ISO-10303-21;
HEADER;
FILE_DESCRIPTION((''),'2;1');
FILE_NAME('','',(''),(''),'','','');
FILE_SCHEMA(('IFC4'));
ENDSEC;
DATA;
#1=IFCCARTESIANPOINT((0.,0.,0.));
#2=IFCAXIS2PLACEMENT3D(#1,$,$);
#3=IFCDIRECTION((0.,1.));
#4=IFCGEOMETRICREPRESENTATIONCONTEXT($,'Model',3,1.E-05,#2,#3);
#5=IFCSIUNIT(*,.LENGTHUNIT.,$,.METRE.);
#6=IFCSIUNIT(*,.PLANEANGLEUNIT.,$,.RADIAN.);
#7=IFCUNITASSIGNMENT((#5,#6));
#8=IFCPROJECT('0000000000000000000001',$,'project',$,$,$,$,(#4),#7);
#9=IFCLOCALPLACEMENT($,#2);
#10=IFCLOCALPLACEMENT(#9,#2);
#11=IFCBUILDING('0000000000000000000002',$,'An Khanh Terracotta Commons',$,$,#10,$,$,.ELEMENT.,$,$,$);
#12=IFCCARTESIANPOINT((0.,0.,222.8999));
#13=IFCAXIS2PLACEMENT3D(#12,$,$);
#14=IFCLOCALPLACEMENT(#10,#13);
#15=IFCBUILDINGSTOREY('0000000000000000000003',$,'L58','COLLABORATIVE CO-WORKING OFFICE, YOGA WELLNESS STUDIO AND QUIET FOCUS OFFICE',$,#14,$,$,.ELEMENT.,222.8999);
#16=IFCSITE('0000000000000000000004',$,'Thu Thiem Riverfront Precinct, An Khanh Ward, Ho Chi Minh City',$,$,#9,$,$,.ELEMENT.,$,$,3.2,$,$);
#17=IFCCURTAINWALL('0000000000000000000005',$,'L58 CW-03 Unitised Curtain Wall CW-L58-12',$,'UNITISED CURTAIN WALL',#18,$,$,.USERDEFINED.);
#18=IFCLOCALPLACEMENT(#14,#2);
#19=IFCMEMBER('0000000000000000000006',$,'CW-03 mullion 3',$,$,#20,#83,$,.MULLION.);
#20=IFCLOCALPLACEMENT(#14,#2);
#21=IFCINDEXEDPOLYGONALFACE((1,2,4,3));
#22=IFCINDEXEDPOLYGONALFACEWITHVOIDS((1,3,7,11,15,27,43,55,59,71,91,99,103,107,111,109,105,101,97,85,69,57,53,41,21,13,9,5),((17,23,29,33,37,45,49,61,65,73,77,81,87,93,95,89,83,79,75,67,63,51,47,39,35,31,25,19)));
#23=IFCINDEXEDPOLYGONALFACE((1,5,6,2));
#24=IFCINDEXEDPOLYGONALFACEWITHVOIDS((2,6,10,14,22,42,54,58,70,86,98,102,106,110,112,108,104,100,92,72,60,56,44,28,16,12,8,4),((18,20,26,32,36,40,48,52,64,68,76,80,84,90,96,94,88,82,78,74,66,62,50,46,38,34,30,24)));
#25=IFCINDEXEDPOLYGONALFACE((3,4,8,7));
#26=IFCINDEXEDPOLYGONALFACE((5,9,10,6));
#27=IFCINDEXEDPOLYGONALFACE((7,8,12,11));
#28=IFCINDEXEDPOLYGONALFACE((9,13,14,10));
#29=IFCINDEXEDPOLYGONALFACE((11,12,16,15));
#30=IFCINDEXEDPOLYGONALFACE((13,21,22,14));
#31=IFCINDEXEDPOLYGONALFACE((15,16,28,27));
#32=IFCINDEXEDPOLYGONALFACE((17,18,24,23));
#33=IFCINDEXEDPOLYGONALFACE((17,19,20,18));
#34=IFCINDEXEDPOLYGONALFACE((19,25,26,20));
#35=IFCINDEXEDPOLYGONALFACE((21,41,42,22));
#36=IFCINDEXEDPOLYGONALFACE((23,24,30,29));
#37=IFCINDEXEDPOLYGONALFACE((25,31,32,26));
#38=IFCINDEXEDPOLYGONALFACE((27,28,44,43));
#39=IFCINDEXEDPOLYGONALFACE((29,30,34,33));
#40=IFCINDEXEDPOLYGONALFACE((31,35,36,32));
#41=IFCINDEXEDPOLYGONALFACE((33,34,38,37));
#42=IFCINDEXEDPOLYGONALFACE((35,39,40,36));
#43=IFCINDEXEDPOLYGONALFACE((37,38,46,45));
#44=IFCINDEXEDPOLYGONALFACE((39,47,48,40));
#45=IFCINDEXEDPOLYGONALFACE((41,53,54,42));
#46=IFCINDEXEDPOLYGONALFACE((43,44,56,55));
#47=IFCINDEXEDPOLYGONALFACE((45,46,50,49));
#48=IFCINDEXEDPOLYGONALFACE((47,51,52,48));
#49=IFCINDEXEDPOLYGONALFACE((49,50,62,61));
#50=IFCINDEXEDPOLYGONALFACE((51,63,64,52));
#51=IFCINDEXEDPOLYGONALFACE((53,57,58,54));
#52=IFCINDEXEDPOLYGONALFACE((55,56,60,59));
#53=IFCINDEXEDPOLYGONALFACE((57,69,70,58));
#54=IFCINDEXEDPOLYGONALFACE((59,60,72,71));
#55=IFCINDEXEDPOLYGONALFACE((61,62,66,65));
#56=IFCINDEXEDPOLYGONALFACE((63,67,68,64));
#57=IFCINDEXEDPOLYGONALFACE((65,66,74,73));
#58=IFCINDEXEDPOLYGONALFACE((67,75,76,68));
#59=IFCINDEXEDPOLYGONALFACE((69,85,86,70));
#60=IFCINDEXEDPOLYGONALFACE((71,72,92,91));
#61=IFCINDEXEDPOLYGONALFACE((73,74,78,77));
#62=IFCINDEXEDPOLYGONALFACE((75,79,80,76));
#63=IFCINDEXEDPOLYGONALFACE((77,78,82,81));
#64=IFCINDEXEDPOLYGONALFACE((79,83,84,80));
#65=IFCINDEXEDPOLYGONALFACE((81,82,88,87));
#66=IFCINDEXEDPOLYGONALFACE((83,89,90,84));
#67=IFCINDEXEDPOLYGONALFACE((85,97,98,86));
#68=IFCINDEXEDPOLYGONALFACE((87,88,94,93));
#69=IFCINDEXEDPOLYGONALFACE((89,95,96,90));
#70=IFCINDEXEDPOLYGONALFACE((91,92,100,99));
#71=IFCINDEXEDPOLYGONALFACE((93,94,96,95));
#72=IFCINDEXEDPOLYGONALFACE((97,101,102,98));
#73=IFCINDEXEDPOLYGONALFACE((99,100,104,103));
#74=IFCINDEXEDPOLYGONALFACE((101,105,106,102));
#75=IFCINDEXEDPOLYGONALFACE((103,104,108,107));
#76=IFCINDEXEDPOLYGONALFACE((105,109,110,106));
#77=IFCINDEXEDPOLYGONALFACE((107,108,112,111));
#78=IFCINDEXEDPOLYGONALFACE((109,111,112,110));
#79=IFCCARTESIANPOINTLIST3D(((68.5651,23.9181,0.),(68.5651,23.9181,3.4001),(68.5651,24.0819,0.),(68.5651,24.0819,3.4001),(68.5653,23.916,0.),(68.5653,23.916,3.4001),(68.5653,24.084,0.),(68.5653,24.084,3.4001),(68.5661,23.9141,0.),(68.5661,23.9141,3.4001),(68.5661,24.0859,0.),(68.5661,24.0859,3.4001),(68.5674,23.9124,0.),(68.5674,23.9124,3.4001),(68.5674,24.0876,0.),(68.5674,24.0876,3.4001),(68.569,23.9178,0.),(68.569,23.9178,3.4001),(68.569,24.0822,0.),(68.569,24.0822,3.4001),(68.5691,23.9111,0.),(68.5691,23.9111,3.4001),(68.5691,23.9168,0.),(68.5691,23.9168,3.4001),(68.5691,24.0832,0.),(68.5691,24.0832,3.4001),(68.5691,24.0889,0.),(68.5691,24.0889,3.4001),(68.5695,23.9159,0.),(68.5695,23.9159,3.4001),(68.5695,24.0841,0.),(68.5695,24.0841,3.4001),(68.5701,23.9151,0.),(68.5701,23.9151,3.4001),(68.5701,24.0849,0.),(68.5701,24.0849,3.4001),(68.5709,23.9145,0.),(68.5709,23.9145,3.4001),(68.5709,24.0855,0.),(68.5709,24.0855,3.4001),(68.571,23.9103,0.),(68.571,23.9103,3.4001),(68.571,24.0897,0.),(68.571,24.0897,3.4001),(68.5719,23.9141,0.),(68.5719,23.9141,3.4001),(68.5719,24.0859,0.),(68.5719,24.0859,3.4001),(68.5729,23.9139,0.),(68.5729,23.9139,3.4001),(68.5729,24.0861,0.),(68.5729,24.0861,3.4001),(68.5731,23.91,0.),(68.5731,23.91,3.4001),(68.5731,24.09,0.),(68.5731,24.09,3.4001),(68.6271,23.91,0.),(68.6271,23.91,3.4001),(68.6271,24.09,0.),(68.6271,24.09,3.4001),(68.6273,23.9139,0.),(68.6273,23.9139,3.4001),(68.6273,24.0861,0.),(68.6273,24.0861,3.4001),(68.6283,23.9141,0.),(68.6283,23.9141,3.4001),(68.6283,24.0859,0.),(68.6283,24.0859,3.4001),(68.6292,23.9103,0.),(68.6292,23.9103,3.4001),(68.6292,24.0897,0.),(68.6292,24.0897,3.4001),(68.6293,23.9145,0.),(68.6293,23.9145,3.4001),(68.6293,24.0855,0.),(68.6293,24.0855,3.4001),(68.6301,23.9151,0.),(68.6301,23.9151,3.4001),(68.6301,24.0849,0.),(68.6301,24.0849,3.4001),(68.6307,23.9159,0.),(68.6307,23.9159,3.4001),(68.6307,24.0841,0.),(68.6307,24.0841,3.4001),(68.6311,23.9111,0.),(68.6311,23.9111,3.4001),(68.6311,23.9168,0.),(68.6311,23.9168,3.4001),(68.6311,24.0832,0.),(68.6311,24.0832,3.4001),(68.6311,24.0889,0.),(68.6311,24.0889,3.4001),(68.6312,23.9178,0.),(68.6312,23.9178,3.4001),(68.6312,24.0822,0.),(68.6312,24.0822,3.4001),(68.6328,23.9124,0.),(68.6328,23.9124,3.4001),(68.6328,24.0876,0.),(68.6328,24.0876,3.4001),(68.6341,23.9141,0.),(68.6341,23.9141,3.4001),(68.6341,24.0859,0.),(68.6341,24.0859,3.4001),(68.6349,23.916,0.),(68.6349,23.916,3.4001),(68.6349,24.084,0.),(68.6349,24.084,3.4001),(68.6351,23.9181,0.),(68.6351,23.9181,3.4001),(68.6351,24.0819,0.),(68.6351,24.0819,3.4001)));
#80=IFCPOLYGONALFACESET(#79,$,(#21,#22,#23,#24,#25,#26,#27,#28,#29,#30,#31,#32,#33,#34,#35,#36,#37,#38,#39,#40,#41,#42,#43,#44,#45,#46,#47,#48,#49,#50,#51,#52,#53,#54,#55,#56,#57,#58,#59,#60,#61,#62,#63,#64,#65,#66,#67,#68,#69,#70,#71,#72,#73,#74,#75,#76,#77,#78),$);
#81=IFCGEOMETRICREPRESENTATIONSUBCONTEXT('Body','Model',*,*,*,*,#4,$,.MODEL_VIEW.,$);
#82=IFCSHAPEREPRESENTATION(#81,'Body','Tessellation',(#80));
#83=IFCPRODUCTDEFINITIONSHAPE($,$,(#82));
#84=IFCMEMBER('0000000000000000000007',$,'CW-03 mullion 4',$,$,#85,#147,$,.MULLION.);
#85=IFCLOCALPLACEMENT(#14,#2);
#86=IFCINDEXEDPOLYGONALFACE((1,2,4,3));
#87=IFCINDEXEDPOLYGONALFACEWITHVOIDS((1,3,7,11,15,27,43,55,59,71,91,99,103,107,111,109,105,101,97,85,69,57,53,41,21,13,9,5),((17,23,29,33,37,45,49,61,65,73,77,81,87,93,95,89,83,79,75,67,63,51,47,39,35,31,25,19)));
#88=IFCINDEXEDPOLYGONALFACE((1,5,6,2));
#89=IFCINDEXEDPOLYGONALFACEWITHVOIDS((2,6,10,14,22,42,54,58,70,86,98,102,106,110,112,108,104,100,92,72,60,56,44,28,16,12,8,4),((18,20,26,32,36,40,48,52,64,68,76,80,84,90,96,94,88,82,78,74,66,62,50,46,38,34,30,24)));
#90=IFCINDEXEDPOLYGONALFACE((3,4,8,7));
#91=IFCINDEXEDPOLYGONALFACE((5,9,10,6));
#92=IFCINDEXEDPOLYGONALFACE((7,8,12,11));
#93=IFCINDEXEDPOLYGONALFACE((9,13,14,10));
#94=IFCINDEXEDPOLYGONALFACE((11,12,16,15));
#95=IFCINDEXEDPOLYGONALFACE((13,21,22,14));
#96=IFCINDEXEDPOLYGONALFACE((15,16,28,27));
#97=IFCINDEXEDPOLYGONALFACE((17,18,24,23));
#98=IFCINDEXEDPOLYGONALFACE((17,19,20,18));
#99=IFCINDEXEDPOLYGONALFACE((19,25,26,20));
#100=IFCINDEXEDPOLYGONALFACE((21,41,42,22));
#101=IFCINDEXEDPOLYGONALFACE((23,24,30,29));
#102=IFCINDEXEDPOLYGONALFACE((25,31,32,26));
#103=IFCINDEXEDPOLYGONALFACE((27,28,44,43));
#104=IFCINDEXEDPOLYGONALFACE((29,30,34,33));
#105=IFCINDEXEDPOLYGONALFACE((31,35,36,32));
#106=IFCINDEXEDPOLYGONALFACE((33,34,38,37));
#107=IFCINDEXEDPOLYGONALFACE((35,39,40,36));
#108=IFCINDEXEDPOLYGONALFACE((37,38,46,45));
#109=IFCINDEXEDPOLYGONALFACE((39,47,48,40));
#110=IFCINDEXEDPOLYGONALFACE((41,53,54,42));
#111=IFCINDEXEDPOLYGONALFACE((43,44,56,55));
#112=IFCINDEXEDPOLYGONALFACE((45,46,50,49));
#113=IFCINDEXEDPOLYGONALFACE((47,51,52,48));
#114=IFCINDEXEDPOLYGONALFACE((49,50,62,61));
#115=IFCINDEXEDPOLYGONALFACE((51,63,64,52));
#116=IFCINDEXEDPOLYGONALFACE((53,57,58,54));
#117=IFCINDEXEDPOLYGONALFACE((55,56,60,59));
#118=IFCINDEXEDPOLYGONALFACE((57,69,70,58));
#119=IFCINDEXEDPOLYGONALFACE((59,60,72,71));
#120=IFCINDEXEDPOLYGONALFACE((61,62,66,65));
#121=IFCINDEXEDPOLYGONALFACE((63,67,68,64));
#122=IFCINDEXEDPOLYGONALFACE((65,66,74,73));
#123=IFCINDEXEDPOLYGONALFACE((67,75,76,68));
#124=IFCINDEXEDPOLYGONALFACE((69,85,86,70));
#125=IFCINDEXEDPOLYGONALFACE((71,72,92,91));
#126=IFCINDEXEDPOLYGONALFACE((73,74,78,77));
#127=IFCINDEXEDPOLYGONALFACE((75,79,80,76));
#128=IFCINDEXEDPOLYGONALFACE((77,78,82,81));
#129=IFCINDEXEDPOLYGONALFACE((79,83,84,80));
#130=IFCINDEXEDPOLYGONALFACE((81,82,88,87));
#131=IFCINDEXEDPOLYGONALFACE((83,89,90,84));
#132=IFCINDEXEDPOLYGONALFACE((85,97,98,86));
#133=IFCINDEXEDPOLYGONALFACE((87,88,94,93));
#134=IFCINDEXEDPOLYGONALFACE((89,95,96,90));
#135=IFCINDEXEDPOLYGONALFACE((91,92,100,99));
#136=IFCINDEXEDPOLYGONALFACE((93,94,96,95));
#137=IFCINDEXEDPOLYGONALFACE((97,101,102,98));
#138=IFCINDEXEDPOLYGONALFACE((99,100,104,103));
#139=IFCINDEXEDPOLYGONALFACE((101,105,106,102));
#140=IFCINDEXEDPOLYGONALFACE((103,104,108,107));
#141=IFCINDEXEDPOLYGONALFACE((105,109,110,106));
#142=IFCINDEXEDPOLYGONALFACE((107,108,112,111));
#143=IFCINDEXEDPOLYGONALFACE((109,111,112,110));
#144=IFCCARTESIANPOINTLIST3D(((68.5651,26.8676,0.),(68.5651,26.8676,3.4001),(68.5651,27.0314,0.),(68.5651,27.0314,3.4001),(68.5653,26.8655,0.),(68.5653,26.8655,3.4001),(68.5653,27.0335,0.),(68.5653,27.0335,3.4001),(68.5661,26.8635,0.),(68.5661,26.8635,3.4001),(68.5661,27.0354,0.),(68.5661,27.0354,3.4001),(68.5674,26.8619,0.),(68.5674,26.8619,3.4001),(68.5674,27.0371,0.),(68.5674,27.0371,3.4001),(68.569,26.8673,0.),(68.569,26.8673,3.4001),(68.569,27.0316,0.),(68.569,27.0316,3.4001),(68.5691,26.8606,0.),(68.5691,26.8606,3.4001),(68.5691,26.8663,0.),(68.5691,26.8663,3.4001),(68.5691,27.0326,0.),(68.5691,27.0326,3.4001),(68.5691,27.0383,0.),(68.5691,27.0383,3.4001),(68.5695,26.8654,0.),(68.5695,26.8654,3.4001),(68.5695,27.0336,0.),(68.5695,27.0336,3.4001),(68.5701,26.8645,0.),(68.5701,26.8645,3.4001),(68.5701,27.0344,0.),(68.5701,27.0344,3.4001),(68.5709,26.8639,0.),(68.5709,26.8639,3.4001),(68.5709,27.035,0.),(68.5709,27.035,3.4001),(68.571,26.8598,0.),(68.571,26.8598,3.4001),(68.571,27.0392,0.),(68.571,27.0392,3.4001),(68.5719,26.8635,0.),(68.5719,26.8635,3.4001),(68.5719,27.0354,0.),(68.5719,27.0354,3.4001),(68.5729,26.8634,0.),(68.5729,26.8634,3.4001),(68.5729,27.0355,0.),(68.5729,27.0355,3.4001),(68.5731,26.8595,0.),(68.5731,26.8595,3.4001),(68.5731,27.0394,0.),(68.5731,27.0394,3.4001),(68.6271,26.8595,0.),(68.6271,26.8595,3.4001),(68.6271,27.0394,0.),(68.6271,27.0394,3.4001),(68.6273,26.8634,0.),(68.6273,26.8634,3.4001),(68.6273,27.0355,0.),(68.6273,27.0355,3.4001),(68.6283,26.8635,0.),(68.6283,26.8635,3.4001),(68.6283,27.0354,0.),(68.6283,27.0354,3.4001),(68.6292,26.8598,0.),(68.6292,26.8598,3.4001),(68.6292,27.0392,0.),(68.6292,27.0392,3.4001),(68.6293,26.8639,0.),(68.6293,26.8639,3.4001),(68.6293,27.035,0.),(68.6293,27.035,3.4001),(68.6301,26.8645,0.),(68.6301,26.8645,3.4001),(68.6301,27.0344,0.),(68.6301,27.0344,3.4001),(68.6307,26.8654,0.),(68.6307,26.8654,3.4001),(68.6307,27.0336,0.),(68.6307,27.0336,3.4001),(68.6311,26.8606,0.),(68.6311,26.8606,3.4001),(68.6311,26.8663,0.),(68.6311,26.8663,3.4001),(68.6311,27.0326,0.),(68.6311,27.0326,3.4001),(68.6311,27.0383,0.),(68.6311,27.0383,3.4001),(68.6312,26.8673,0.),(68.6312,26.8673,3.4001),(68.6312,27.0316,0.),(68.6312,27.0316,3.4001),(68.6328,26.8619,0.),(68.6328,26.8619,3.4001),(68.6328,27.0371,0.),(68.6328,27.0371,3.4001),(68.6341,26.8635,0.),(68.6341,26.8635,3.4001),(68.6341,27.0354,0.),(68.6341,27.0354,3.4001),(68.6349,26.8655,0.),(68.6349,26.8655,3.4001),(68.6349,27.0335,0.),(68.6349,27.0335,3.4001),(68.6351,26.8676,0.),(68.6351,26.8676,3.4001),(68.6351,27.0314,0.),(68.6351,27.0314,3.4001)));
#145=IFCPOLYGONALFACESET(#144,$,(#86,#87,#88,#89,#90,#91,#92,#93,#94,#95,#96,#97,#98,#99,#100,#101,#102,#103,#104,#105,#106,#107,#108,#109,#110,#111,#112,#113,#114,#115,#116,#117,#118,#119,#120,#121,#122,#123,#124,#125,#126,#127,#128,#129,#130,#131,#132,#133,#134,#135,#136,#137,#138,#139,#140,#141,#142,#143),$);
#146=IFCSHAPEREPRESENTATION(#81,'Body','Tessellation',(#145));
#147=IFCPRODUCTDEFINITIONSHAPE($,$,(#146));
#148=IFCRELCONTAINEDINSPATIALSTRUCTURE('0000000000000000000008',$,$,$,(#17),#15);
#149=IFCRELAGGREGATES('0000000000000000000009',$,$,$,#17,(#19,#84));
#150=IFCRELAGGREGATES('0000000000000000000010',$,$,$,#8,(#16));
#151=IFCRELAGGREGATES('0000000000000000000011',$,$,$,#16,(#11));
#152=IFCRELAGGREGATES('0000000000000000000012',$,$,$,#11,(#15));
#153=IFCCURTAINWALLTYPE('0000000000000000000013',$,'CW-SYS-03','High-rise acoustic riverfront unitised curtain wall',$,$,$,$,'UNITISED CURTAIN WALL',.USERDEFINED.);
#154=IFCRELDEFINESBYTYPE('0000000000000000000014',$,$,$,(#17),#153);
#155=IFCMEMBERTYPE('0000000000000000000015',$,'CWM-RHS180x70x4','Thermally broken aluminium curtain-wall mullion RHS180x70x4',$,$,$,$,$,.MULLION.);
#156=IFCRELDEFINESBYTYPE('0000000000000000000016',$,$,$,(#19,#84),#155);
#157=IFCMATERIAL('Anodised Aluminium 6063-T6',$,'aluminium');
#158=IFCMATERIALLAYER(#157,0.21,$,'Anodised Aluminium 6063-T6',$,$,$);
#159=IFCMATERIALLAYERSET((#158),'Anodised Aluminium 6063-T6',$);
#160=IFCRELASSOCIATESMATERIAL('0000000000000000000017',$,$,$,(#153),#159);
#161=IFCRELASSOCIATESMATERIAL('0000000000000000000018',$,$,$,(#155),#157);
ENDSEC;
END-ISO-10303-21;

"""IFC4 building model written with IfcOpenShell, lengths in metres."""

from ifc_helpers import new_model, si_unit, direction, frame, origin, origin_2d, place, context, subcontext, project, spatial, hollow_rectangle, extrude, material, layer, layer_set, material_profile, profile_set, type_object, element, aggregate, save


model = new_model("IFC4")

# Units and contexts
model_context = context("Model", 3, precision=1e-05, world=origin(), true_north=direction((0.0, 1.0)))
body_context = subcontext(model_context, "Body", "Model", "MODEL_VIEW")
ifc_project = project(units=[si_unit("LENGTHUNIT", "METRE"), si_unit("PLANEANGLEUNIT", "RADIAN")], contexts=[model_context])

# Site, building, storey
site_placement = place(None, origin())
site = spatial("IfcSite", under=ifc_project, at=site_placement, Name="Thu Thiem Riverfront Precinct, An Khanh Ward, Ho Chi Minh City", CompositionType="ELEMENT", RefElevation=3.2)
building_placement = place(site_placement, origin())
building = spatial("IfcBuilding", under=site, at=building_placement, Name="An Khanh Terracotta Commons", CompositionType="ELEMENT")
storey_placement = place(building_placement, frame((0.0, 0.0, 222.8999)))
storey = spatial("IfcBuildingStorey", under=building, at=storey_placement, Name="L58", Description="COLLABORATIVE CO-WORKING OFFICE, YOGA WELLNESS STUDIO AND QUIET FOCUS OFFICE", CompositionType="ELEMENT", Elevation=222.8999)

# Curtain wall, members
ifc_material_1 = material(Name="Anodised Aluminium 6063-T6", Category="aluminium")
ifc_layer_1 = layer(ifc_material_1, 0.21, Name="Anodised Aluminium 6063-T6")
ifc_layer_set_1 = layer_set([ifc_layer_1], Name="Anodised Aluminium 6063-T6")
curtain_wall_type = type_object("IfcCurtainWallType", Name="CW-SYS-03", Description="High-rise acoustic riverfront unitised curtain wall", ElementType="UNITISED CURTAIN WALL", PredefinedType="USERDEFINED", material=ifc_layer_set_1)
curtain_wall_1_placement = place(storey_placement, origin())
curtain_wall_1 = element("IfcCurtainWall", 1, at=curtain_wall_1_placement, inside=storey, type_object=curtain_wall_type, Name="L58 CW-03 Unitised Curtain Wall CW-L58-12", ObjectType="UNITISED CURTAIN WALL", PredefinedType="USERDEFINED")
ifc_material_profile_1 = material_profile(ifc_material_1, hollow_rectangle(XDim=0.0701, YDim=0.1799, WallThickness=0.0039, InnerFilletRadius=0.0039, OuterFilletRadius=0.0081, at=origin_2d()), Name="RHS180x70x4")
ifc_profile_set_1 = profile_set([ifc_material_profile_1], Name="Anodised Aluminium 6063-T6")
member_type_1 = type_object("IfcMemberType", Name="CWM-RHS180x70x4", Description="Thermally broken aluminium curtain-wall mullion RHS180x70x4", PredefinedType="MULLION", material=ifc_profile_set_1)
member_1_placement = place(storey_placement, frame((68.6001, 24.0, 0.0), z_axis=(0.0, 0.0, 1.0), x_axis=(-1.0, 0.0, 0.0)))
member_1 = element("IfcMember", 2, at=member_1_placement, type_object=member_type_1, Name="CW-03 mullion 3", PredefinedType="MULLION", context=body_context, shape_type="SweptSolid", body=[
    extrude(hollow_rectangle(XDim=0.0701, YDim=0.1799, WallThickness=0.0039, InnerFilletRadius=0.0039, OuterFilletRadius=0.0081, at=origin_2d()), origin(), (0.0, 0.0, 1.0), 3.4001),
])
member_2_placement = place(storey_placement, frame((68.6001, 26.9495, 0.0), z_axis=(0.0, 0.0, 1.0), x_axis=(-1.0, 0.0, 0.0)))
member_2 = element("IfcMember", 3, at=member_2_placement, type_object=member_type_1, Name="CW-03 mullion 4", PredefinedType="MULLION", context=body_context, shape_type="SweptSolid", body=[
    extrude(hollow_rectangle(XDim=0.0701, YDim=0.1799, WallThickness=0.0039, InnerFilletRadius=0.0039, OuterFilletRadius=0.0081, at=origin_2d()), origin(), (0.0, 0.0, 1.0), 3.4001),
])

aggregate(curtain_wall_1, [member_1, member_2])

save(model, "model.ifc")
